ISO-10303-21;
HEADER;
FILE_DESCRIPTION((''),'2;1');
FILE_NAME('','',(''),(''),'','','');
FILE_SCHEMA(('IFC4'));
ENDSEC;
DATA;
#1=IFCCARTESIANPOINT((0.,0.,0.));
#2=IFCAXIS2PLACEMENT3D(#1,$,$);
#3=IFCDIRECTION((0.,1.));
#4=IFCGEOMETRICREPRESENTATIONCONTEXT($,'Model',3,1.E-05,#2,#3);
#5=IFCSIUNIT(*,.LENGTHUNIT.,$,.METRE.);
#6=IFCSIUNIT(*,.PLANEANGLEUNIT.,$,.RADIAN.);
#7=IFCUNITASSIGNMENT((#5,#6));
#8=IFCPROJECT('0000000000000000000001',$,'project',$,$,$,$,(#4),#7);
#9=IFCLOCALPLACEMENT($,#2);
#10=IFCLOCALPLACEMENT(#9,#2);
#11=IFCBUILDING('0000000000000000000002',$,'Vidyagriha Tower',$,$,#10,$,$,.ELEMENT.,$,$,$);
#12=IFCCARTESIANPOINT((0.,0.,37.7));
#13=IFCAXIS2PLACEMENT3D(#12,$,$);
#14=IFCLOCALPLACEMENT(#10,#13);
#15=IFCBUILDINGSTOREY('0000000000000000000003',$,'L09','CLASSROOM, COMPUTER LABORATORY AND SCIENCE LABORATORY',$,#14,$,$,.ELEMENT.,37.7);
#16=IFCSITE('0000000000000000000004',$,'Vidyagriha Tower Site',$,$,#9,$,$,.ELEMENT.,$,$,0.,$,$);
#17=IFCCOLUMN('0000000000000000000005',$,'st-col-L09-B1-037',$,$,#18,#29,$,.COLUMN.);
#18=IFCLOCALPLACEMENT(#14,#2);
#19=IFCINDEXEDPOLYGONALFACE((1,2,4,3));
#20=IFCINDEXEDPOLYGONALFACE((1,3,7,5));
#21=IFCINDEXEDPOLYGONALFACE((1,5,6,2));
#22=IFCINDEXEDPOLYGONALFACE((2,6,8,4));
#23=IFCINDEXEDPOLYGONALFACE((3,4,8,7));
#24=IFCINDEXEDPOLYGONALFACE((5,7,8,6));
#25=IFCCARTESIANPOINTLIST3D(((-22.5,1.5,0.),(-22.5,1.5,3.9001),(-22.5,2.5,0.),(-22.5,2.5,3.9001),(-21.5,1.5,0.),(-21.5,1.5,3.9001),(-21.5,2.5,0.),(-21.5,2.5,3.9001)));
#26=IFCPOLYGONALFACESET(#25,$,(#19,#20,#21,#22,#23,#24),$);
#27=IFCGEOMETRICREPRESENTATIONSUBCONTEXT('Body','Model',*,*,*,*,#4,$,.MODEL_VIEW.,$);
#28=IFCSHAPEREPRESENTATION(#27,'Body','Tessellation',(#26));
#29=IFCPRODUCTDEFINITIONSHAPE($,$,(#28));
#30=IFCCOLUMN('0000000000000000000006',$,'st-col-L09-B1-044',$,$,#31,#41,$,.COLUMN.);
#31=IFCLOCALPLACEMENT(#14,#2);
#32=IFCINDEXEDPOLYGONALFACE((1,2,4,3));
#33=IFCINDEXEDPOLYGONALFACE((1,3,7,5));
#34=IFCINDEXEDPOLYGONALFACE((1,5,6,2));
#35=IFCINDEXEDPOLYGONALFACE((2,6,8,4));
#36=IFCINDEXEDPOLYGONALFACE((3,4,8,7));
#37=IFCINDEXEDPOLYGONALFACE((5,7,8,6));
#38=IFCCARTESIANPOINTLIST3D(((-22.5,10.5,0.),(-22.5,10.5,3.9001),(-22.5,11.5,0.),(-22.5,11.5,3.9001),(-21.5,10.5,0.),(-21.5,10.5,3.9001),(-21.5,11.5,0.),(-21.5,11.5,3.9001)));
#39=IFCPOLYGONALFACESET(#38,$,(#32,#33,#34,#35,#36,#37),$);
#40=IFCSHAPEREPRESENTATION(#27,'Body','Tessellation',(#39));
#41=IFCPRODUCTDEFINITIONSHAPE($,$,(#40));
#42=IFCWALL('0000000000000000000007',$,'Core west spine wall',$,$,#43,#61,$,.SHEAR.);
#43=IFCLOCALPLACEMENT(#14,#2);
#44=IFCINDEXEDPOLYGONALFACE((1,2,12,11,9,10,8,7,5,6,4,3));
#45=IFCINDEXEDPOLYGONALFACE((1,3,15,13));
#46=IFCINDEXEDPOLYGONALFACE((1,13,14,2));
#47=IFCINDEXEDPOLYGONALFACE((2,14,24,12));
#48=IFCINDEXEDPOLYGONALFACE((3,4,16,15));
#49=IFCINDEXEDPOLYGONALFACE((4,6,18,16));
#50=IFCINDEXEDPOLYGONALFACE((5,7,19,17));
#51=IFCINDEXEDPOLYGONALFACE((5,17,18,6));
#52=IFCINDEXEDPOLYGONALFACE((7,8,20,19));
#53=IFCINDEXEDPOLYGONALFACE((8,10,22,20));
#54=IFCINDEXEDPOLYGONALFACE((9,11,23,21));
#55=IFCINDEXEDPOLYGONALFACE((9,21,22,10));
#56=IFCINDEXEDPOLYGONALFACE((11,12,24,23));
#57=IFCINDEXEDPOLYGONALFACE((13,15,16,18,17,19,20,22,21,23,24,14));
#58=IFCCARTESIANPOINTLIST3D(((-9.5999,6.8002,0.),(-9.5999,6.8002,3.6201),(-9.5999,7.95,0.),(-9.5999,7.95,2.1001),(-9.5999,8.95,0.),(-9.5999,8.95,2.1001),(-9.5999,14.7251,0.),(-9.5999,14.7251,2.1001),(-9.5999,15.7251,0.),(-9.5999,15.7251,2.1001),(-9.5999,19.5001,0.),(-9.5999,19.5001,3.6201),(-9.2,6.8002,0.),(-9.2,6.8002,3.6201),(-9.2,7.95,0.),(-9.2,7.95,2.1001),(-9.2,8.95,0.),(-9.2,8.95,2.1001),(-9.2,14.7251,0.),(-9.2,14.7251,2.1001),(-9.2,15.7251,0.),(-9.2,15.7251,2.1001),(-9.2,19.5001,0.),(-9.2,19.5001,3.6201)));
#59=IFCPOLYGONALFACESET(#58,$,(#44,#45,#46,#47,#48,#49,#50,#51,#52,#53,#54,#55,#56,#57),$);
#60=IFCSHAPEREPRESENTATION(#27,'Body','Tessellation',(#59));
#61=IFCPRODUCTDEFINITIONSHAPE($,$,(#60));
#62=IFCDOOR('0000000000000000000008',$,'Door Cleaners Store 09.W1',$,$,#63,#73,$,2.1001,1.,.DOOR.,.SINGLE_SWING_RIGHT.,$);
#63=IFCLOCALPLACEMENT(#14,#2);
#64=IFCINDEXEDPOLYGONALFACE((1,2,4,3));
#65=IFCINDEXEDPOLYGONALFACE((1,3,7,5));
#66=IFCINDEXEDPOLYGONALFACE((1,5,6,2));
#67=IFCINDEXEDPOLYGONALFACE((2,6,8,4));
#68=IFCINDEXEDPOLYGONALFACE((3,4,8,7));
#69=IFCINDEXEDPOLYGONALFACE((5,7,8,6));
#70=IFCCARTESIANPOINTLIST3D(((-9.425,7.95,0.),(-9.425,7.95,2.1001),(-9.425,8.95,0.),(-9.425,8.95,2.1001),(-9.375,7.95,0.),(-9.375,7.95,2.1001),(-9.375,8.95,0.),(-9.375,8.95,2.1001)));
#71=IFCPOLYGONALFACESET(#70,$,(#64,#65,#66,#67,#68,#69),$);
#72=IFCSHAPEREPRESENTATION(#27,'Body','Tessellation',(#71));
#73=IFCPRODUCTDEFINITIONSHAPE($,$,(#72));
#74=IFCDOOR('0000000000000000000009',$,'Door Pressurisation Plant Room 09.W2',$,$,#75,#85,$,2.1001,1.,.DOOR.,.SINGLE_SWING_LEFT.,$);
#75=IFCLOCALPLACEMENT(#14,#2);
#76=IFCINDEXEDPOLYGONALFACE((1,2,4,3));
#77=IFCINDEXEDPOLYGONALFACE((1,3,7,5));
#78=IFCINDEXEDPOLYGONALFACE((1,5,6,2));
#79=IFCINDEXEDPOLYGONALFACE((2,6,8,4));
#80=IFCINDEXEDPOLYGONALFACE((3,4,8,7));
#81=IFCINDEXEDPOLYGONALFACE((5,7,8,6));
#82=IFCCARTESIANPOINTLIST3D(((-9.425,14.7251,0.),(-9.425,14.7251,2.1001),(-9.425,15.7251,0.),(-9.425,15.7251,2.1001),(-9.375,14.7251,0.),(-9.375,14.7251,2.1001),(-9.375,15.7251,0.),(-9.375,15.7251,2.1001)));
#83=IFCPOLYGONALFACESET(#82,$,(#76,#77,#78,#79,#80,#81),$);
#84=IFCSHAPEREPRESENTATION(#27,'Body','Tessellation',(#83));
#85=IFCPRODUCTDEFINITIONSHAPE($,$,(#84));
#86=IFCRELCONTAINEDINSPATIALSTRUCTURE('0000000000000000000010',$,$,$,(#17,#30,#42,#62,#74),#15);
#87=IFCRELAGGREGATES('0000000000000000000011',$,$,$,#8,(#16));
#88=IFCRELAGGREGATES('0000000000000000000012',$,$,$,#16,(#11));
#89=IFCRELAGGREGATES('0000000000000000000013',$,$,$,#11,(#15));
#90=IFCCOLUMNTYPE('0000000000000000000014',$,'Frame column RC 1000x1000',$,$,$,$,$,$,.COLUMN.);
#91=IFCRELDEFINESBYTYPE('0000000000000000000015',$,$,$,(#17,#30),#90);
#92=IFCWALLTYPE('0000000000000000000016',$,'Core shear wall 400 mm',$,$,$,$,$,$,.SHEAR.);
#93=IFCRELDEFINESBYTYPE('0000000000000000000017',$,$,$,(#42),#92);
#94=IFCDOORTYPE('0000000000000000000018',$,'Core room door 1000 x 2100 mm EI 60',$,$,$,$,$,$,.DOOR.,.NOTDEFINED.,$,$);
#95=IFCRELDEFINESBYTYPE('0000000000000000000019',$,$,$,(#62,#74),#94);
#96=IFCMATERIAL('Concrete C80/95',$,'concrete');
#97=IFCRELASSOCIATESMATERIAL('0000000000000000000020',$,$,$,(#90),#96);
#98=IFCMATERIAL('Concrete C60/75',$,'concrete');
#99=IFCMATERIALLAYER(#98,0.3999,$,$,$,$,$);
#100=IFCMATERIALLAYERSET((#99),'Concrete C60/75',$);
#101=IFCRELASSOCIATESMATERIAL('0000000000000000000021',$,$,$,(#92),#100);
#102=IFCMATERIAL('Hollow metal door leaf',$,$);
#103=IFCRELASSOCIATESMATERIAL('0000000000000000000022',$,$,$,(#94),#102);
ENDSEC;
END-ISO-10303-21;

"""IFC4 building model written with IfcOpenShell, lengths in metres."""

from ifc_helpers import new_model, si_unit, direction, frame, frame_2d, origin, origin_2d, place, context, subcontext, project, spatial, rectangle, extrude, material, layer, layer_set, material_profile, profile_set, type_object, element, fill, save


model = new_model("IFC4")

# Units and contexts
model_context = context("Model", 3, precision=1e-05, world=origin(), true_north=direction((0.0, 1.0)))
body_context = subcontext(model_context, "Body", "Model", "MODEL_VIEW")
ifc_project = project(units=[si_unit("LENGTHUNIT", "METRE"), si_unit("PLANEANGLEUNIT", "RADIAN")], contexts=[model_context])

# Site, building, storey
site_placement = place(None, origin())
site = spatial("IfcSite", under=ifc_project, at=site_placement, Name="Vidyagriha Tower Site", CompositionType="ELEMENT", RefElevation=0.0)
building_placement = place(site_placement, origin())
building = spatial("IfcBuilding", under=site, at=building_placement, Name="Vidyagriha Tower", CompositionType="ELEMENT")
storey_placement = place(building_placement, frame((0.0, 0.0, 37.7)))
storey = spatial("IfcBuildingStorey", under=building, at=storey_placement, Name="L09", Description="CLASSROOM, COMPUTER LABORATORY AND SCIENCE LABORATORY", CompositionType="ELEMENT", Elevation=37.7)

# Columns
ifc_material_1 = material(Name="Concrete C80/95", Category="concrete")
ifc_material_profile = material_profile(ifc_material_1, rectangle(XDim=1.0, YDim=1.0, at=origin_2d()), Name="RC 1000x1000")
ifc_profile_set = profile_set([ifc_material_profile], Name="Concrete C80/95")
column_type = type_object("IfcColumnType", Name="Frame column RC 1000x1000", PredefinedType="COLUMN", material=ifc_profile_set)
for number, where, name in (
    (1, (-22.0, 2.0, 0.0), "st-col-L09-B1-037"),
    (2, (-22.0, 11.0, 0.0), "st-col-L09-B1-044"),
):
    element("IfcColumn", number, at=place(storey_placement, frame(where)), inside=storey, type_object=column_type, Name=name, PredefinedType="COLUMN", context=body_context, shape_type="SweptSolid", body=[
        extrude(rectangle(XDim=1.0, YDim=1.0, at=origin_2d()), origin(), (0.0, 0.0, 1.0), 3.9001),
    ])

# Wall, openings, doors
ifc_material_2 = material(Name="Concrete C60/75", Category="concrete")
ifc_layer_1 = layer(ifc_material_2, 0.3999)
ifc_layer_set_1 = layer_set([ifc_layer_1], Name="Concrete C60/75")
wall_type_1 = type_object("IfcWallType", Name="Core shear wall 400 mm", PredefinedType="SHEAR", material=ifc_layer_set_1)
wall_1_placement = place(storey_placement, frame((-9.3999, 6.8, 0.0), z_axis=(0.0, 0.0, 1.0), x_axis=(0.0, 1.0, 0.0)))
wall_1 = element("IfcWall", 3, at=wall_1_placement, inside=storey, type_object=wall_type_1, Name="Core west spine wall", PredefinedType="SHEAR", context=body_context, shape_type="SweptSolid", body=[
    extrude(rectangle(XDim=12.7, YDim=0.3999, at=frame_2d((6.3501, 0.0))), origin(), (0.0, 0.0, 1.0), 3.6201),
])
opening_1_placement = place(wall_1_placement, frame((1.1499, 0.0, 0.0)))
opening_1 = element("IfcOpeningElement", 4, at=opening_1_placement, cuts=wall_1, PredefinedType="OPENING", context=body_context, shape_type="SweptSolid", body=[
    extrude(rectangle(XDim=1.0, YDim=2.1001, at=frame_2d((0.5, 1.05))), frame((0.0, 0.21, 0.0), z_axis=(0.0, -1.0, 0.0), x_axis=(1.0, 0.0, 0.0)), (0.0, 0.0, 1.0), 0.4199),
])
opening_2_placement = place(wall_1_placement, frame((7.925, 0.0, 0.0)))
opening_2 = element("IfcOpeningElement", 5, at=opening_2_placement, cuts=wall_1, PredefinedType="OPENING", context=body_context, shape_type="SweptSolid", body=[
    extrude(rectangle(XDim=1.0, YDim=2.1001, at=frame_2d((0.5, 1.05))), frame((0.0, 0.21, 0.0), z_axis=(0.0, -1.0, 0.0), x_axis=(1.0, 0.0, 0.0)), (0.0, 0.0, 1.0), 0.4199),
])
ifc_material_3 = material(Name="Hollow metal door leaf")
door_type_1 = type_object("IfcDoorType", Name="Core room door 1000 x 2100 mm EI 60", OperationType="NOTDEFINED", PredefinedType="DOOR", material=ifc_material_3)
door_1_placement = place(opening_1_placement, frame((1.0, 0.0, 0.0), z_axis=(0.0, 0.0, 1.0), x_axis=(-1.0, 0.0, 0.0)))
door_1 = element("IfcDoor", 6, at=door_1_placement, inside=storey, type_object=door_type_1, Name="Door Cleaners Store 09.W1", OperationType="SINGLE_SWING_RIGHT", OverallHeight=2.1001, OverallWidth=1.0, PredefinedType="DOOR", context=body_context, shape_type="SweptSolid", body=[
    extrude(rectangle(XDim=1.0, YDim=2.1001, at=frame_2d((0.5, 1.05))), frame((0.0, 0.0249, 0.0), z_axis=(0.0, -1.0, 0.0), x_axis=(1.0, 0.0, 0.0)), (0.0, 0.0, 1.0), 0.05),
])
fill(opening_1, door_1)
door_2_placement = place(opening_2_placement, frame((1.0, 0.0, 0.0), z_axis=(0.0, 0.0, 1.0), x_axis=(-1.0, 0.0, 0.0)))
door_2 = element("IfcDoor", 7, at=door_2_placement, inside=storey, type_object=door_type_1, Name="Door Pressurisation Plant Room 09.W2", OperationType="SINGLE_SWING_LEFT", OverallHeight=2.1001, OverallWidth=1.0, PredefinedType="DOOR", context=body_context, shape_type="SweptSolid", body=[
    extrude(rectangle(XDim=1.0, YDim=2.1001, at=frame_2d((0.5, 1.05))), frame((0.0, 0.0249, 0.0), z_axis=(0.0, -1.0, 0.0), x_axis=(1.0, 0.0, 0.0)), (0.0, 0.0, 1.0), 0.05),
])
fill(opening_2, door_2)

save(model, "model.ifc")
